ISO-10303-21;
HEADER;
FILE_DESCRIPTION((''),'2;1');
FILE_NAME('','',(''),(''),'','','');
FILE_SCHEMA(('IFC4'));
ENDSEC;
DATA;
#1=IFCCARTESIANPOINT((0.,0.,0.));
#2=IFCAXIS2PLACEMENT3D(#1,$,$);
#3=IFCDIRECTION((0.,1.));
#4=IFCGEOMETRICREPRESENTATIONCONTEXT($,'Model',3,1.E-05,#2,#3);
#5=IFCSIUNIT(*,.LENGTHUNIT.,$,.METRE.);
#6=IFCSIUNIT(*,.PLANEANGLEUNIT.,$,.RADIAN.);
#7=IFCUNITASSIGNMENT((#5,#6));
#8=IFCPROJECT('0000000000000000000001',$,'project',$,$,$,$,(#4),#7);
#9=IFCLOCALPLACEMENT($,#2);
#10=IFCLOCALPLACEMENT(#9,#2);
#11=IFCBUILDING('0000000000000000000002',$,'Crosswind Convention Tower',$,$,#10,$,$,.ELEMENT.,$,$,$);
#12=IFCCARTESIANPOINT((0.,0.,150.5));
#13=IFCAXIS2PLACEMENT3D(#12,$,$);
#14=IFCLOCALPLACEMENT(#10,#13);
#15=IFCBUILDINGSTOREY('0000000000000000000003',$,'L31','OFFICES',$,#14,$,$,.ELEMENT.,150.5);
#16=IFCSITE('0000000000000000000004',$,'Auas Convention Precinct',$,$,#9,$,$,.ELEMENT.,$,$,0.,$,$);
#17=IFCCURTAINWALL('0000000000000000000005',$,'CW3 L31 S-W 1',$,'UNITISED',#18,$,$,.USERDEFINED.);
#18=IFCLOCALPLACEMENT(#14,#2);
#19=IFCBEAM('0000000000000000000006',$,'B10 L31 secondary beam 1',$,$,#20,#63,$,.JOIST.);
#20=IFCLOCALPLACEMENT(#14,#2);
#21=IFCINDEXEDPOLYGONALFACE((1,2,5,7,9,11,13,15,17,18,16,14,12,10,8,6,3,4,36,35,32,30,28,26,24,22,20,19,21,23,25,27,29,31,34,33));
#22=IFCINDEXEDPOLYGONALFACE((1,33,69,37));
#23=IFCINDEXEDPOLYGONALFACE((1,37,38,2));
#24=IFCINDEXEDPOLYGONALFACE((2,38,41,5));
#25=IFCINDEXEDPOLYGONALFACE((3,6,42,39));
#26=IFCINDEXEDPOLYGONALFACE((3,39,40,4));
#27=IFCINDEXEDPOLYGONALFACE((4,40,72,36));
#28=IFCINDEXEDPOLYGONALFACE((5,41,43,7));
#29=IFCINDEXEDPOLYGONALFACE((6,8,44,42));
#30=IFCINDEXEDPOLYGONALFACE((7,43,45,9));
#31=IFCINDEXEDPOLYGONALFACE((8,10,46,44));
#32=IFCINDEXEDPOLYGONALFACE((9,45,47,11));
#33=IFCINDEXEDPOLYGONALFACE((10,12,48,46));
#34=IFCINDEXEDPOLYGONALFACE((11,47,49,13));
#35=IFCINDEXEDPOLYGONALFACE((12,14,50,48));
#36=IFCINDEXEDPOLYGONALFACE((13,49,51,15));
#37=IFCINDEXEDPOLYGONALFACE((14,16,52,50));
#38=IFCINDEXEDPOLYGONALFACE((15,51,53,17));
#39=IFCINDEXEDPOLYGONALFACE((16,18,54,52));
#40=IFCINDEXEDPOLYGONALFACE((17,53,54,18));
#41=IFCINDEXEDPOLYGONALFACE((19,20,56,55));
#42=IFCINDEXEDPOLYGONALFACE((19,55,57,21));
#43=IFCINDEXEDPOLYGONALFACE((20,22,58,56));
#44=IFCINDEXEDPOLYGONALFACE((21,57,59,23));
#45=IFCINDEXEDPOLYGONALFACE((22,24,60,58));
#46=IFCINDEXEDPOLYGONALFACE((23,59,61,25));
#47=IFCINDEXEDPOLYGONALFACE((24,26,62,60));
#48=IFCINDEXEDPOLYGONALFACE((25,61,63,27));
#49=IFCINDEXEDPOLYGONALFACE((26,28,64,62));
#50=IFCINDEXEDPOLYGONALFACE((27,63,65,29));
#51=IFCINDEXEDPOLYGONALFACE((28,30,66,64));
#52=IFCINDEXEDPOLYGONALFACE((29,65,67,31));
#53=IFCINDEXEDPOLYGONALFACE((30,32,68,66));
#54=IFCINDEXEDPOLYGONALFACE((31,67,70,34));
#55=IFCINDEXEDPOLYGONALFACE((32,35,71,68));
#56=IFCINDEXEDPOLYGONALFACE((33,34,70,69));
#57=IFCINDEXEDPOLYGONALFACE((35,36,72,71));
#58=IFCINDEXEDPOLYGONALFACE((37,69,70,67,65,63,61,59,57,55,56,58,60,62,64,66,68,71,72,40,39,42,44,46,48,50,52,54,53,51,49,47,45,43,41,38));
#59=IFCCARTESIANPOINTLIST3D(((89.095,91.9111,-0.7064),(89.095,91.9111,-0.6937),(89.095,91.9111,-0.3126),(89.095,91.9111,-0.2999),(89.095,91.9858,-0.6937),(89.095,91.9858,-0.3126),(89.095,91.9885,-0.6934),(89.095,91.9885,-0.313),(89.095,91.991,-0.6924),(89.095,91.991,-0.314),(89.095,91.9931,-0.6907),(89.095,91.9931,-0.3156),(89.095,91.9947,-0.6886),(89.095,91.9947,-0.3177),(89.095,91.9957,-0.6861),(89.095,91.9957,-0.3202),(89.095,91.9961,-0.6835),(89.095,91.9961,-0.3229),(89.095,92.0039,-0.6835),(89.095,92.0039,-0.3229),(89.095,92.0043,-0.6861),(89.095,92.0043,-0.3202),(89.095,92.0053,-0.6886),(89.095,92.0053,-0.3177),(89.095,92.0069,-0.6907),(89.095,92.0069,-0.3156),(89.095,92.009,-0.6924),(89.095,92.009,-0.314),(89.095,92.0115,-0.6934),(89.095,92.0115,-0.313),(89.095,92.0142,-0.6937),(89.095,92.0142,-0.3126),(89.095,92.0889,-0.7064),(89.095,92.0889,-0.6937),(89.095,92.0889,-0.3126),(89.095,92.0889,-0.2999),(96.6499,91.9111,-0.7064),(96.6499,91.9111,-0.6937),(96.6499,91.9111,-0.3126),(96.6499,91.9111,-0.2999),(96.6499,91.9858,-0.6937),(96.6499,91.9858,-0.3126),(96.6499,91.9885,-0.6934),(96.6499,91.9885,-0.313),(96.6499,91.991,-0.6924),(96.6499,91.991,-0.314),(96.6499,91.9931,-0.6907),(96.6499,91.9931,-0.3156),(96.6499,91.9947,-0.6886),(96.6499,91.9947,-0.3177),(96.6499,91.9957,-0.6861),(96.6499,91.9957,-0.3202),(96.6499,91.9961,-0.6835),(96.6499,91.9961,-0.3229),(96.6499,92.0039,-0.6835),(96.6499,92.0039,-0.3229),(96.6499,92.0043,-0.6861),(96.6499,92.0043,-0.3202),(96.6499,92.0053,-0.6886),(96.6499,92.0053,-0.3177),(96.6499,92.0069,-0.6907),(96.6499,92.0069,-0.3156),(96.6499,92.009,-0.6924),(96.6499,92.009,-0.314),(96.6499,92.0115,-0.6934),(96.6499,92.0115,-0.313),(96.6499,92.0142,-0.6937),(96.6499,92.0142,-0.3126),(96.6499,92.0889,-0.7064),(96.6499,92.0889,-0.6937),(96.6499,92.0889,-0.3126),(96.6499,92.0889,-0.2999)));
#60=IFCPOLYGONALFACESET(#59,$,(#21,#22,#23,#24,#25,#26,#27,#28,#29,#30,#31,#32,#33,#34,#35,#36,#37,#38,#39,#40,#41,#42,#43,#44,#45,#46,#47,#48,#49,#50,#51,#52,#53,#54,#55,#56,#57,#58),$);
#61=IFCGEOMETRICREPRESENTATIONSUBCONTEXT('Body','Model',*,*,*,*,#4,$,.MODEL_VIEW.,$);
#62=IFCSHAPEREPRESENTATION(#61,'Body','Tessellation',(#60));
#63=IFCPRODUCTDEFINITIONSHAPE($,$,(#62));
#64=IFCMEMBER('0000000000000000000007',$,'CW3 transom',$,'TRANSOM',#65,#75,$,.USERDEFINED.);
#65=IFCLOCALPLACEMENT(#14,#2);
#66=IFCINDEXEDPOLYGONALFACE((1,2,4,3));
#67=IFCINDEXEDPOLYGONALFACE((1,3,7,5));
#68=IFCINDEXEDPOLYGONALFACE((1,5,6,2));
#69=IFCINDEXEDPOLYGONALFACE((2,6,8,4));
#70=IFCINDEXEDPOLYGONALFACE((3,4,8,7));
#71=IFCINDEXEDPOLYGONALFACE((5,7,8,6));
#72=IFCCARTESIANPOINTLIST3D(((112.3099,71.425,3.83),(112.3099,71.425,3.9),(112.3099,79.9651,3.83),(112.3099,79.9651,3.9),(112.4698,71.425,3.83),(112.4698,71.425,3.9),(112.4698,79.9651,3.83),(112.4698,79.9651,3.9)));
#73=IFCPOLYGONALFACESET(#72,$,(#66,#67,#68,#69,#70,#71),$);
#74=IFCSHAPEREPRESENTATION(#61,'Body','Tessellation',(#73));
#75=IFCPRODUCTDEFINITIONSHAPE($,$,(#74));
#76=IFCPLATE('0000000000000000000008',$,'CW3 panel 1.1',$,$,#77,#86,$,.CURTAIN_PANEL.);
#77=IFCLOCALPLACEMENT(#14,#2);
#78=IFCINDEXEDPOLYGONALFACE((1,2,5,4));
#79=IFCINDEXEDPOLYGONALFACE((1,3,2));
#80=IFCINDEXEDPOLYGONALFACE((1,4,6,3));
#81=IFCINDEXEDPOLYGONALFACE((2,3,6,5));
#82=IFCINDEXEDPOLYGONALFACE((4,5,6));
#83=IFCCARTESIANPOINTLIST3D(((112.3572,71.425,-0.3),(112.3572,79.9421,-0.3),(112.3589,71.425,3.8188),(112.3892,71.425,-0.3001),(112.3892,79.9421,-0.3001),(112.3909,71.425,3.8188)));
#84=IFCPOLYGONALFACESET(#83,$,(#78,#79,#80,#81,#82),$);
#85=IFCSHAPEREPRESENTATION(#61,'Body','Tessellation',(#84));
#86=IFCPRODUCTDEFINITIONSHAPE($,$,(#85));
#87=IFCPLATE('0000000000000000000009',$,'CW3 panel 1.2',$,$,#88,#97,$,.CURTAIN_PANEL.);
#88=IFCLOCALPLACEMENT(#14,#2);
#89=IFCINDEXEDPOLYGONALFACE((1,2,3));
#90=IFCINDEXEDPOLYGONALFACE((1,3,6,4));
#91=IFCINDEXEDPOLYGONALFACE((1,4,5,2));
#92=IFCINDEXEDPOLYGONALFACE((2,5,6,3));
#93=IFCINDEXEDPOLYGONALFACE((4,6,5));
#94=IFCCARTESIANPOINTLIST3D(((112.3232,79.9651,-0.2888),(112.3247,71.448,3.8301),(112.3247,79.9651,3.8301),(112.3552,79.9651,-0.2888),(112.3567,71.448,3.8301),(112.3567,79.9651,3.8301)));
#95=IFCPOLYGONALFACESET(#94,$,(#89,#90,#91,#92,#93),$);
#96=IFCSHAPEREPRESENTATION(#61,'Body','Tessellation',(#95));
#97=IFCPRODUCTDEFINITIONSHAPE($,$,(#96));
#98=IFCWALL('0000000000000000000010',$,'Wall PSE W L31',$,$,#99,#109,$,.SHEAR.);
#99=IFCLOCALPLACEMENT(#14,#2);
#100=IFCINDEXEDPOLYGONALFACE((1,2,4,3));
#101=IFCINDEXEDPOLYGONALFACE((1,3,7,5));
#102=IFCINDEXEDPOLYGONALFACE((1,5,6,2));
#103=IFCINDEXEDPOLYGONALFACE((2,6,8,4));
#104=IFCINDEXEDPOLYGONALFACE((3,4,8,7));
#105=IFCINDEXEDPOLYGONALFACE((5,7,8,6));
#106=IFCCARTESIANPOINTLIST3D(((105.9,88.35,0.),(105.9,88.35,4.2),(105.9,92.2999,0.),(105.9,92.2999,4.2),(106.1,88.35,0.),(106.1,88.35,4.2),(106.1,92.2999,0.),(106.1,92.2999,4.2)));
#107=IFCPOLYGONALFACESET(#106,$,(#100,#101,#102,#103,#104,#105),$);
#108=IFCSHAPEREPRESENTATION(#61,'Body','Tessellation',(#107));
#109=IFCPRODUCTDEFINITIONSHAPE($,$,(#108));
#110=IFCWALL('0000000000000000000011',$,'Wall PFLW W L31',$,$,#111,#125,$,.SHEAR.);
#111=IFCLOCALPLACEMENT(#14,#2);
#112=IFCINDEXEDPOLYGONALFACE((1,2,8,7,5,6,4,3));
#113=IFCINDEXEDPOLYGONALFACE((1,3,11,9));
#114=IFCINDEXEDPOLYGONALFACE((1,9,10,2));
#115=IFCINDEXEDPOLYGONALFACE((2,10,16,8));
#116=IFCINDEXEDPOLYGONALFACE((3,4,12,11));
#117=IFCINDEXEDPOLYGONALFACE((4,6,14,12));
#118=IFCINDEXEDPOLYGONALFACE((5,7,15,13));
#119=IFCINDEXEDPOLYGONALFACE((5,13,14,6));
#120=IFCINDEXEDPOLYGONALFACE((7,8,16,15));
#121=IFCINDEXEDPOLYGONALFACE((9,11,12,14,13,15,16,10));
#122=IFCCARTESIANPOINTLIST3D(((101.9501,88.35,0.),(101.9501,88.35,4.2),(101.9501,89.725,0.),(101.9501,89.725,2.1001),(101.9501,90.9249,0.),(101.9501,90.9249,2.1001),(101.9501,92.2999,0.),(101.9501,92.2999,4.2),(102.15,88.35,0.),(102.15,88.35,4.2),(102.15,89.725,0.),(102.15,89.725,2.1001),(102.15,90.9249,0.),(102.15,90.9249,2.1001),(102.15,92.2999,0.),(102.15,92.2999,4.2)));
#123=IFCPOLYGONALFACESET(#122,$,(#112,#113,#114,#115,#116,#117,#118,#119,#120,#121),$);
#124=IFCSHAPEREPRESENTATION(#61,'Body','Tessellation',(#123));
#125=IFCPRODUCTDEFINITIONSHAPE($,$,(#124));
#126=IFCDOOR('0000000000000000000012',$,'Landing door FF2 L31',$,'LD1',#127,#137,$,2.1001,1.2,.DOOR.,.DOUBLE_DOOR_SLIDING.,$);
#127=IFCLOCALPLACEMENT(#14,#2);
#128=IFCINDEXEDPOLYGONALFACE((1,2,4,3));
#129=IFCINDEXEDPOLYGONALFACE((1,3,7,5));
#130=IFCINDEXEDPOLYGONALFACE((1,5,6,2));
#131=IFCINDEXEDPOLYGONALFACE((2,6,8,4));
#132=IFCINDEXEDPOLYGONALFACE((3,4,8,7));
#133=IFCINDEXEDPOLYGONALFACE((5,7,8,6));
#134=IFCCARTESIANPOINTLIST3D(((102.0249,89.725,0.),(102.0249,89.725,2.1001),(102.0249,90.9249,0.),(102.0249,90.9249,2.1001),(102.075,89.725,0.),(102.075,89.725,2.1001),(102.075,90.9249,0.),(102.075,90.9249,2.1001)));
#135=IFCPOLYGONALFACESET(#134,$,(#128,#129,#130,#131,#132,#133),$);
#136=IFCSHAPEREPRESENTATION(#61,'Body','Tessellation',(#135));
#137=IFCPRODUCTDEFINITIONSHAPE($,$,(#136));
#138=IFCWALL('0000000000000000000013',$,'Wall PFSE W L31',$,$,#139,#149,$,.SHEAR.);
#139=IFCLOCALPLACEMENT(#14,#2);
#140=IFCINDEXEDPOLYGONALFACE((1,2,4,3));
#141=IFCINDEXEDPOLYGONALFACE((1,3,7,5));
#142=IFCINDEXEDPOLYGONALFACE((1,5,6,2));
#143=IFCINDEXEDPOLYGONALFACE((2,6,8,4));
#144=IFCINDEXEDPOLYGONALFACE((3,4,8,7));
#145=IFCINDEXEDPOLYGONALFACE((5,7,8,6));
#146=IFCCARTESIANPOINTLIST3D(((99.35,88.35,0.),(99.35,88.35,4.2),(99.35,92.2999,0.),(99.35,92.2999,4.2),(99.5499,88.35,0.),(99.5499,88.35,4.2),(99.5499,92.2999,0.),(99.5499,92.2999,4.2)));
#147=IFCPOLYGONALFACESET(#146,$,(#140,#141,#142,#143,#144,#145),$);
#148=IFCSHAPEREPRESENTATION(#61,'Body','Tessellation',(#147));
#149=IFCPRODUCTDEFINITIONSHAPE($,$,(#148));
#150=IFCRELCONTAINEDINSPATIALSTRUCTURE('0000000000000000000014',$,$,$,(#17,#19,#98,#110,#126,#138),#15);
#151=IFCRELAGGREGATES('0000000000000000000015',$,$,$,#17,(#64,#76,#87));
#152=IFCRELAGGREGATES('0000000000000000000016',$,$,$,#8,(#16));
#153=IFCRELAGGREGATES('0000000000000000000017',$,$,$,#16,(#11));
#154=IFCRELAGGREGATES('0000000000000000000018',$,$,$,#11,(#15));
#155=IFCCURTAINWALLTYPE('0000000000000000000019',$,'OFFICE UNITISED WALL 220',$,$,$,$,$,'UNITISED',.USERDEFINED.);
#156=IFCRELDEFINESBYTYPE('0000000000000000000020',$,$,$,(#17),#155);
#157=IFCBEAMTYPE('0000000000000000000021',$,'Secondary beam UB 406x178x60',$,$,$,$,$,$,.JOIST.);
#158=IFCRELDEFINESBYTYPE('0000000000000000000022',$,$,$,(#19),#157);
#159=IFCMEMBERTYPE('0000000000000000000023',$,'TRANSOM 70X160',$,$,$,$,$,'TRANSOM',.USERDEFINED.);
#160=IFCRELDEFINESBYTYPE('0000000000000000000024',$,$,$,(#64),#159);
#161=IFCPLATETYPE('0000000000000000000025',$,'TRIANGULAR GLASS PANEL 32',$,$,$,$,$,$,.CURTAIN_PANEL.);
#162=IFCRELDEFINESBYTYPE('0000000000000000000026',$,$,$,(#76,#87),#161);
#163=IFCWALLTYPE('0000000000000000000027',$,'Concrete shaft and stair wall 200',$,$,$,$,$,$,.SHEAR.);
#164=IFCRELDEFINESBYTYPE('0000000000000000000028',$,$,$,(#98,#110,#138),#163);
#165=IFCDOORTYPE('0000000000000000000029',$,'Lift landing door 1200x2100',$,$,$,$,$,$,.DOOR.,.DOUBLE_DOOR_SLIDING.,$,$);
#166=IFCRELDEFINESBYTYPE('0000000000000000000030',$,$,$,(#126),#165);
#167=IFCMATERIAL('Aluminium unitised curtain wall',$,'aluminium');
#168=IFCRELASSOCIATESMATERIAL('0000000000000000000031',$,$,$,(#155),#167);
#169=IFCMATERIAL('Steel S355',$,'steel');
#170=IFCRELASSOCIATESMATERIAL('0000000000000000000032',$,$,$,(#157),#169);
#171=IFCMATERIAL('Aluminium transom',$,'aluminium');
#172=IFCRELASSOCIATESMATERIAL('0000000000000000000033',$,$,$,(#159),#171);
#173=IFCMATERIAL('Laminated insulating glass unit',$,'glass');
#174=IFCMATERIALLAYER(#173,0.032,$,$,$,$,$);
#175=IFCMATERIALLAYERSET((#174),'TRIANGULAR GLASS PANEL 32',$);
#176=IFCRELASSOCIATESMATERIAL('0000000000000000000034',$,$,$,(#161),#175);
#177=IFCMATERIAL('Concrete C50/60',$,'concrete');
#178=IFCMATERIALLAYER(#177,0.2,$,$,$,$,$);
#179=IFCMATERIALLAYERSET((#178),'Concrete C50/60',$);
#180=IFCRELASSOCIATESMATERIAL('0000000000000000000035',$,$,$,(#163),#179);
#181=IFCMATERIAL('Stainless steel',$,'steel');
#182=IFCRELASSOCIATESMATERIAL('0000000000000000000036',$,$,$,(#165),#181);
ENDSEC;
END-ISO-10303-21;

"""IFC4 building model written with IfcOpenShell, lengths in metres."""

from ifc_helpers import new_model, si_unit, direction, frame, frame_2d, origin, origin_2d, place, context, subcontext, project, spatial, polyline, rectangle, i_section, outline, extrude, material, layer, layer_set, material_profile, profile_set, type_object, element, fill, aggregate, save


model = new_model("IFC4")

# Units and contexts
model_context = context("Model", 3, precision=1e-05, world=origin(), true_north=direction((0.0, 1.0)))
body_context = subcontext(model_context, "Body", "Model", "MODEL_VIEW")
ifc_project = project(units=[si_unit("LENGTHUNIT", "METRE"), si_unit("PLANEANGLEUNIT", "RADIAN")], contexts=[model_context])

# Site, building, storey
site_placement = place(None, origin())
site = spatial("IfcSite", under=ifc_project, at=site_placement, Name="Auas Convention Precinct", CompositionType="ELEMENT", RefElevation=0.0)
building_placement = place(site_placement, origin())
building = spatial("IfcBuilding", under=site, at=building_placement, Name="Crosswind Convention Tower", CompositionType="ELEMENT")
storey_placement = place(building_placement, frame((0.0, 0.0, 150.5)))
storey = spatial("IfcBuildingStorey", under=building, at=storey_placement, Name="L31", Description="OFFICES", CompositionType="ELEMENT", Elevation=150.5)

# Shared definitions
ifc_material_1 = material(Name="Steel S355", Category="steel")

# Curtain wall
ifc_material_2 = material(Name="Aluminium unitised curtain wall", Category="aluminium")
curtain_wall_type_1 = type_object("IfcCurtainWallType", Name="OFFICE UNITISED WALL 220", ElementType="UNITISED", PredefinedType="USERDEFINED", material=ifc_material_2)
curtain_wall_1_placement = place(storey_placement, origin())
curtain_wall_1 = element("IfcCurtainWall", 1, at=curtain_wall_1_placement, inside=storey, type_object=curtain_wall_type_1, Name="CW3 L31 S-W 1", ObjectType="UNITISED", PredefinedType="USERDEFINED")

# Beam
ifc_material_profile_1 = material_profile(ifc_material_1, i_section(OverallWidth=0.1777, OverallDepth=0.4065, WebThickness=0.0078, FlangeThickness=0.0127, FilletRadius=0.0103, at=origin_2d()), Name="UB 406x178x60")
ifc_profile_set_1 = profile_set([ifc_material_profile_1], Name="Steel S355")
beam_type_1 = type_object("IfcBeamType", Name="Secondary beam UB 406x178x60", PredefinedType="JOIST", material=ifc_profile_set_1)
beam_1_placement = place(storey_placement, frame((89.095, 92.0, -0.5032), z_axis=(1.0, 0.0, 0.0), x_axis=(0.0, 1.0, 0.0)))
element("IfcBeam", 2, at=beam_1_placement, inside=storey, type_object=beam_type_1, Name="B10 L31 secondary beam 1", PredefinedType="JOIST", context=body_context, shape_type="SweptSolid", body=[
    extrude(i_section(OverallWidth=0.1777, OverallDepth=0.4065, WebThickness=0.0078, FlangeThickness=0.0127, FilletRadius=0.0103, at=origin_2d()), origin(), (0.0, 0.0, 1.0), 7.5549),
])

# Member
ifc_material_3 = material(Name="Aluminium transom", Category="aluminium")
ifc_material_profile_2 = material_profile(ifc_material_3, rectangle(XDim=0.1599, YDim=0.0701, at=origin_2d()), Name="AL 160X70")
ifc_profile_set_2 = profile_set([ifc_material_profile_2], Name="Aluminium transom")
member_type_1 = type_object("IfcMemberType", Name="TRANSOM 70X160", ElementType="TRANSOM", PredefinedType="USERDEFINED", material=ifc_profile_set_2)
member_1_placement = place(storey_placement, frame((112.3899, 79.9651, 3.865), z_axis=(0.0, -1.0, 0.0), x_axis=(1.0, 0.0, 0.0)))
member_1 = element("IfcMember", 3, at=member_1_placement, type_object=member_type_1, Name="CW3 transom", ObjectType="TRANSOM", PredefinedType="USERDEFINED", context=body_context, shape_type="SweptSolid", body=[
    extrude(rectangle(XDim=0.1599, YDim=0.0701, at=origin_2d()), origin(), (0.0, 0.0, 1.0), 8.54),
])

# Plates
ifc_material_4 = material(Name="Laminated insulating glass unit", Category="glass")
ifc_layer_1 = layer(ifc_material_4, 0.032)
ifc_layer_set_1 = layer_set([ifc_layer_1], Name="TRIANGULAR GLASS PANEL 32")
plate_type = type_object("IfcPlateType", Name="TRIANGULAR GLASS PANEL 32", PredefinedType="CURTAIN_PANEL", material=ifc_layer_set_1)
plate_1_placement = place(storey_placement, frame((112.3572, 71.425, -0.3), z_axis=(-1.0, 0.0, 0.000415), x_axis=(0.000415, 0.0, 1.0)))
plate_1 = element("IfcPlate", 4, at=plate_1_placement, type_object=plate_type, Name="CW3 panel 1.1", PredefinedType="CURTAIN_PANEL", context=body_context, shape_type="SweptSolid", body=[
    extrude(outline(polyline([(0.0, 0.0), (4.1189, 0.0), (0.0, 8.5171), (0.0, 0.0)])), origin(), (0.0, 0.0, -1.0), 0.032),
])
plate_2_placement = place(storey_placement, frame((112.3247, 79.9651, 3.8301), z_axis=(-1.0, 0.0, 0.000356), x_axis=(-0.000356, 0.0, -1.0)))
plate_2 = element("IfcPlate", 5, at=plate_2_placement, type_object=plate_type, Name="CW3 panel 1.2", PredefinedType="CURTAIN_PANEL", context=body_context, shape_type="SweptSolid", body=[
    extrude(outline(polyline([(0.0, 0.0), (4.1189, 0.0), (0.0, 8.5171), (0.0, 0.0)])), origin(), (0.0, 0.0, -1.0), 0.032),
])

# Wall
ifc_material_5 = material(Name="Concrete C50/60", Category="concrete")
ifc_layer_2 = layer(ifc_material_5, 0.2)
ifc_layer_set_2 = layer_set([ifc_layer_2], Name="Concrete C50/60")
wall_type_1 = type_object("IfcWallType", Name="Concrete shaft and stair wall 200", PredefinedType="SHEAR", material=ifc_layer_set_2)
wall_1_placement = place(storey_placement, frame((106.0, 92.3, 0.0), z_axis=(0.0, 0.0, 1.0), x_axis=(0.0, -1.0, 0.0)))
element("IfcWall", 6, at=wall_1_placement, inside=storey, type_object=wall_type_1, Name="Wall PSE W L31", PredefinedType="SHEAR", context=body_context, shape_type="SweptSolid", body=[
    extrude(rectangle(XDim=3.95, YDim=0.2, at=frame_2d((1.9751, 0.0))), origin(), (0.0, 0.0, 1.0), 4.2),
])

# Wall, opening, door
wall_2_placement = place(storey_placement, frame((102.05, 92.3, 0.0), z_axis=(0.0, 0.0, 1.0), x_axis=(0.0, -1.0, 0.0)))
wall_2 = element("IfcWall", 7, at=wall_2_placement, inside=storey, type_object=wall_type_1, Name="Wall PFLW W L31", PredefinedType="SHEAR", context=body_context, shape_type="SweptSolid", body=[
    extrude(rectangle(XDim=3.95, YDim=0.2, at=frame_2d((1.9751, 0.0))), origin(), (0.0, 0.0, 1.0), 4.2),
])
opening_1_placement = place(wall_2_placement, frame((1.375, 0.0, 0.0)))
opening_1 = element("IfcOpeningElement", 8, at=opening_1_placement, cuts=wall_2, PredefinedType="OPENING", context=body_context, shape_type="SweptSolid", body=[
    extrude(rectangle(XDim=1.2, YDim=2.1001, at=frame_2d((0.6001, 1.05))), frame((0.0, 0.1099, 0.0), z_axis=(0.0, -1.0, 0.0), x_axis=(1.0, 0.0, 0.0)), (0.0, 0.0, 1.0), 0.22),
])
ifc_material_6 = material(Name="Stainless steel", Category="steel")
door_type_1 = type_object("IfcDoorType", Name="Lift landing door 1200x2100", OperationType="DOUBLE_DOOR_SLIDING", PredefinedType="DOOR", material=ifc_material_6)
door_1_placement = place(opening_1_placement, origin())
door_1 = element("IfcDoor", 9, at=door_1_placement, inside=storey, type_object=door_type_1, Name="Landing door FF2 L31", ObjectType="LD1", OperationType="DOUBLE_DOOR_SLIDING", OverallHeight=2.1001, OverallWidth=1.2, PredefinedType="DOOR", context=body_context, shape_type="SweptSolid", body=[
    extrude(rectangle(XDim=1.2, YDim=2.1001, at=frame_2d((0.6001, 1.05))), frame((0.0, 0.0249, 0.0), z_axis=(0.0, -1.0, 0.0), x_axis=(1.0, 0.0, 0.0)), (0.0, 0.0, 1.0), 0.05),
])
fill(opening_1, door_1)

# Wall
wall_3_placement = place(storey_placement, frame((99.45, 92.3, 0.0), z_axis=(0.0, 0.0, 1.0), x_axis=(0.0, -1.0, 0.0)))
element("IfcWall", 10, at=wall_3_placement, inside=storey, type_object=wall_type_1, Name="Wall PFSE W L31", PredefinedType="SHEAR", context=body_context, shape_type="SweptSolid", body=[
    extrude(rectangle(XDim=3.95, YDim=0.2, at=frame_2d((1.9751, 0.0))), origin(), (0.0, 0.0, 1.0), 4.2),
])

aggregate(curtain_wall_1, [member_1, plate_1, plate_2])

save(model, "model.ifc")
